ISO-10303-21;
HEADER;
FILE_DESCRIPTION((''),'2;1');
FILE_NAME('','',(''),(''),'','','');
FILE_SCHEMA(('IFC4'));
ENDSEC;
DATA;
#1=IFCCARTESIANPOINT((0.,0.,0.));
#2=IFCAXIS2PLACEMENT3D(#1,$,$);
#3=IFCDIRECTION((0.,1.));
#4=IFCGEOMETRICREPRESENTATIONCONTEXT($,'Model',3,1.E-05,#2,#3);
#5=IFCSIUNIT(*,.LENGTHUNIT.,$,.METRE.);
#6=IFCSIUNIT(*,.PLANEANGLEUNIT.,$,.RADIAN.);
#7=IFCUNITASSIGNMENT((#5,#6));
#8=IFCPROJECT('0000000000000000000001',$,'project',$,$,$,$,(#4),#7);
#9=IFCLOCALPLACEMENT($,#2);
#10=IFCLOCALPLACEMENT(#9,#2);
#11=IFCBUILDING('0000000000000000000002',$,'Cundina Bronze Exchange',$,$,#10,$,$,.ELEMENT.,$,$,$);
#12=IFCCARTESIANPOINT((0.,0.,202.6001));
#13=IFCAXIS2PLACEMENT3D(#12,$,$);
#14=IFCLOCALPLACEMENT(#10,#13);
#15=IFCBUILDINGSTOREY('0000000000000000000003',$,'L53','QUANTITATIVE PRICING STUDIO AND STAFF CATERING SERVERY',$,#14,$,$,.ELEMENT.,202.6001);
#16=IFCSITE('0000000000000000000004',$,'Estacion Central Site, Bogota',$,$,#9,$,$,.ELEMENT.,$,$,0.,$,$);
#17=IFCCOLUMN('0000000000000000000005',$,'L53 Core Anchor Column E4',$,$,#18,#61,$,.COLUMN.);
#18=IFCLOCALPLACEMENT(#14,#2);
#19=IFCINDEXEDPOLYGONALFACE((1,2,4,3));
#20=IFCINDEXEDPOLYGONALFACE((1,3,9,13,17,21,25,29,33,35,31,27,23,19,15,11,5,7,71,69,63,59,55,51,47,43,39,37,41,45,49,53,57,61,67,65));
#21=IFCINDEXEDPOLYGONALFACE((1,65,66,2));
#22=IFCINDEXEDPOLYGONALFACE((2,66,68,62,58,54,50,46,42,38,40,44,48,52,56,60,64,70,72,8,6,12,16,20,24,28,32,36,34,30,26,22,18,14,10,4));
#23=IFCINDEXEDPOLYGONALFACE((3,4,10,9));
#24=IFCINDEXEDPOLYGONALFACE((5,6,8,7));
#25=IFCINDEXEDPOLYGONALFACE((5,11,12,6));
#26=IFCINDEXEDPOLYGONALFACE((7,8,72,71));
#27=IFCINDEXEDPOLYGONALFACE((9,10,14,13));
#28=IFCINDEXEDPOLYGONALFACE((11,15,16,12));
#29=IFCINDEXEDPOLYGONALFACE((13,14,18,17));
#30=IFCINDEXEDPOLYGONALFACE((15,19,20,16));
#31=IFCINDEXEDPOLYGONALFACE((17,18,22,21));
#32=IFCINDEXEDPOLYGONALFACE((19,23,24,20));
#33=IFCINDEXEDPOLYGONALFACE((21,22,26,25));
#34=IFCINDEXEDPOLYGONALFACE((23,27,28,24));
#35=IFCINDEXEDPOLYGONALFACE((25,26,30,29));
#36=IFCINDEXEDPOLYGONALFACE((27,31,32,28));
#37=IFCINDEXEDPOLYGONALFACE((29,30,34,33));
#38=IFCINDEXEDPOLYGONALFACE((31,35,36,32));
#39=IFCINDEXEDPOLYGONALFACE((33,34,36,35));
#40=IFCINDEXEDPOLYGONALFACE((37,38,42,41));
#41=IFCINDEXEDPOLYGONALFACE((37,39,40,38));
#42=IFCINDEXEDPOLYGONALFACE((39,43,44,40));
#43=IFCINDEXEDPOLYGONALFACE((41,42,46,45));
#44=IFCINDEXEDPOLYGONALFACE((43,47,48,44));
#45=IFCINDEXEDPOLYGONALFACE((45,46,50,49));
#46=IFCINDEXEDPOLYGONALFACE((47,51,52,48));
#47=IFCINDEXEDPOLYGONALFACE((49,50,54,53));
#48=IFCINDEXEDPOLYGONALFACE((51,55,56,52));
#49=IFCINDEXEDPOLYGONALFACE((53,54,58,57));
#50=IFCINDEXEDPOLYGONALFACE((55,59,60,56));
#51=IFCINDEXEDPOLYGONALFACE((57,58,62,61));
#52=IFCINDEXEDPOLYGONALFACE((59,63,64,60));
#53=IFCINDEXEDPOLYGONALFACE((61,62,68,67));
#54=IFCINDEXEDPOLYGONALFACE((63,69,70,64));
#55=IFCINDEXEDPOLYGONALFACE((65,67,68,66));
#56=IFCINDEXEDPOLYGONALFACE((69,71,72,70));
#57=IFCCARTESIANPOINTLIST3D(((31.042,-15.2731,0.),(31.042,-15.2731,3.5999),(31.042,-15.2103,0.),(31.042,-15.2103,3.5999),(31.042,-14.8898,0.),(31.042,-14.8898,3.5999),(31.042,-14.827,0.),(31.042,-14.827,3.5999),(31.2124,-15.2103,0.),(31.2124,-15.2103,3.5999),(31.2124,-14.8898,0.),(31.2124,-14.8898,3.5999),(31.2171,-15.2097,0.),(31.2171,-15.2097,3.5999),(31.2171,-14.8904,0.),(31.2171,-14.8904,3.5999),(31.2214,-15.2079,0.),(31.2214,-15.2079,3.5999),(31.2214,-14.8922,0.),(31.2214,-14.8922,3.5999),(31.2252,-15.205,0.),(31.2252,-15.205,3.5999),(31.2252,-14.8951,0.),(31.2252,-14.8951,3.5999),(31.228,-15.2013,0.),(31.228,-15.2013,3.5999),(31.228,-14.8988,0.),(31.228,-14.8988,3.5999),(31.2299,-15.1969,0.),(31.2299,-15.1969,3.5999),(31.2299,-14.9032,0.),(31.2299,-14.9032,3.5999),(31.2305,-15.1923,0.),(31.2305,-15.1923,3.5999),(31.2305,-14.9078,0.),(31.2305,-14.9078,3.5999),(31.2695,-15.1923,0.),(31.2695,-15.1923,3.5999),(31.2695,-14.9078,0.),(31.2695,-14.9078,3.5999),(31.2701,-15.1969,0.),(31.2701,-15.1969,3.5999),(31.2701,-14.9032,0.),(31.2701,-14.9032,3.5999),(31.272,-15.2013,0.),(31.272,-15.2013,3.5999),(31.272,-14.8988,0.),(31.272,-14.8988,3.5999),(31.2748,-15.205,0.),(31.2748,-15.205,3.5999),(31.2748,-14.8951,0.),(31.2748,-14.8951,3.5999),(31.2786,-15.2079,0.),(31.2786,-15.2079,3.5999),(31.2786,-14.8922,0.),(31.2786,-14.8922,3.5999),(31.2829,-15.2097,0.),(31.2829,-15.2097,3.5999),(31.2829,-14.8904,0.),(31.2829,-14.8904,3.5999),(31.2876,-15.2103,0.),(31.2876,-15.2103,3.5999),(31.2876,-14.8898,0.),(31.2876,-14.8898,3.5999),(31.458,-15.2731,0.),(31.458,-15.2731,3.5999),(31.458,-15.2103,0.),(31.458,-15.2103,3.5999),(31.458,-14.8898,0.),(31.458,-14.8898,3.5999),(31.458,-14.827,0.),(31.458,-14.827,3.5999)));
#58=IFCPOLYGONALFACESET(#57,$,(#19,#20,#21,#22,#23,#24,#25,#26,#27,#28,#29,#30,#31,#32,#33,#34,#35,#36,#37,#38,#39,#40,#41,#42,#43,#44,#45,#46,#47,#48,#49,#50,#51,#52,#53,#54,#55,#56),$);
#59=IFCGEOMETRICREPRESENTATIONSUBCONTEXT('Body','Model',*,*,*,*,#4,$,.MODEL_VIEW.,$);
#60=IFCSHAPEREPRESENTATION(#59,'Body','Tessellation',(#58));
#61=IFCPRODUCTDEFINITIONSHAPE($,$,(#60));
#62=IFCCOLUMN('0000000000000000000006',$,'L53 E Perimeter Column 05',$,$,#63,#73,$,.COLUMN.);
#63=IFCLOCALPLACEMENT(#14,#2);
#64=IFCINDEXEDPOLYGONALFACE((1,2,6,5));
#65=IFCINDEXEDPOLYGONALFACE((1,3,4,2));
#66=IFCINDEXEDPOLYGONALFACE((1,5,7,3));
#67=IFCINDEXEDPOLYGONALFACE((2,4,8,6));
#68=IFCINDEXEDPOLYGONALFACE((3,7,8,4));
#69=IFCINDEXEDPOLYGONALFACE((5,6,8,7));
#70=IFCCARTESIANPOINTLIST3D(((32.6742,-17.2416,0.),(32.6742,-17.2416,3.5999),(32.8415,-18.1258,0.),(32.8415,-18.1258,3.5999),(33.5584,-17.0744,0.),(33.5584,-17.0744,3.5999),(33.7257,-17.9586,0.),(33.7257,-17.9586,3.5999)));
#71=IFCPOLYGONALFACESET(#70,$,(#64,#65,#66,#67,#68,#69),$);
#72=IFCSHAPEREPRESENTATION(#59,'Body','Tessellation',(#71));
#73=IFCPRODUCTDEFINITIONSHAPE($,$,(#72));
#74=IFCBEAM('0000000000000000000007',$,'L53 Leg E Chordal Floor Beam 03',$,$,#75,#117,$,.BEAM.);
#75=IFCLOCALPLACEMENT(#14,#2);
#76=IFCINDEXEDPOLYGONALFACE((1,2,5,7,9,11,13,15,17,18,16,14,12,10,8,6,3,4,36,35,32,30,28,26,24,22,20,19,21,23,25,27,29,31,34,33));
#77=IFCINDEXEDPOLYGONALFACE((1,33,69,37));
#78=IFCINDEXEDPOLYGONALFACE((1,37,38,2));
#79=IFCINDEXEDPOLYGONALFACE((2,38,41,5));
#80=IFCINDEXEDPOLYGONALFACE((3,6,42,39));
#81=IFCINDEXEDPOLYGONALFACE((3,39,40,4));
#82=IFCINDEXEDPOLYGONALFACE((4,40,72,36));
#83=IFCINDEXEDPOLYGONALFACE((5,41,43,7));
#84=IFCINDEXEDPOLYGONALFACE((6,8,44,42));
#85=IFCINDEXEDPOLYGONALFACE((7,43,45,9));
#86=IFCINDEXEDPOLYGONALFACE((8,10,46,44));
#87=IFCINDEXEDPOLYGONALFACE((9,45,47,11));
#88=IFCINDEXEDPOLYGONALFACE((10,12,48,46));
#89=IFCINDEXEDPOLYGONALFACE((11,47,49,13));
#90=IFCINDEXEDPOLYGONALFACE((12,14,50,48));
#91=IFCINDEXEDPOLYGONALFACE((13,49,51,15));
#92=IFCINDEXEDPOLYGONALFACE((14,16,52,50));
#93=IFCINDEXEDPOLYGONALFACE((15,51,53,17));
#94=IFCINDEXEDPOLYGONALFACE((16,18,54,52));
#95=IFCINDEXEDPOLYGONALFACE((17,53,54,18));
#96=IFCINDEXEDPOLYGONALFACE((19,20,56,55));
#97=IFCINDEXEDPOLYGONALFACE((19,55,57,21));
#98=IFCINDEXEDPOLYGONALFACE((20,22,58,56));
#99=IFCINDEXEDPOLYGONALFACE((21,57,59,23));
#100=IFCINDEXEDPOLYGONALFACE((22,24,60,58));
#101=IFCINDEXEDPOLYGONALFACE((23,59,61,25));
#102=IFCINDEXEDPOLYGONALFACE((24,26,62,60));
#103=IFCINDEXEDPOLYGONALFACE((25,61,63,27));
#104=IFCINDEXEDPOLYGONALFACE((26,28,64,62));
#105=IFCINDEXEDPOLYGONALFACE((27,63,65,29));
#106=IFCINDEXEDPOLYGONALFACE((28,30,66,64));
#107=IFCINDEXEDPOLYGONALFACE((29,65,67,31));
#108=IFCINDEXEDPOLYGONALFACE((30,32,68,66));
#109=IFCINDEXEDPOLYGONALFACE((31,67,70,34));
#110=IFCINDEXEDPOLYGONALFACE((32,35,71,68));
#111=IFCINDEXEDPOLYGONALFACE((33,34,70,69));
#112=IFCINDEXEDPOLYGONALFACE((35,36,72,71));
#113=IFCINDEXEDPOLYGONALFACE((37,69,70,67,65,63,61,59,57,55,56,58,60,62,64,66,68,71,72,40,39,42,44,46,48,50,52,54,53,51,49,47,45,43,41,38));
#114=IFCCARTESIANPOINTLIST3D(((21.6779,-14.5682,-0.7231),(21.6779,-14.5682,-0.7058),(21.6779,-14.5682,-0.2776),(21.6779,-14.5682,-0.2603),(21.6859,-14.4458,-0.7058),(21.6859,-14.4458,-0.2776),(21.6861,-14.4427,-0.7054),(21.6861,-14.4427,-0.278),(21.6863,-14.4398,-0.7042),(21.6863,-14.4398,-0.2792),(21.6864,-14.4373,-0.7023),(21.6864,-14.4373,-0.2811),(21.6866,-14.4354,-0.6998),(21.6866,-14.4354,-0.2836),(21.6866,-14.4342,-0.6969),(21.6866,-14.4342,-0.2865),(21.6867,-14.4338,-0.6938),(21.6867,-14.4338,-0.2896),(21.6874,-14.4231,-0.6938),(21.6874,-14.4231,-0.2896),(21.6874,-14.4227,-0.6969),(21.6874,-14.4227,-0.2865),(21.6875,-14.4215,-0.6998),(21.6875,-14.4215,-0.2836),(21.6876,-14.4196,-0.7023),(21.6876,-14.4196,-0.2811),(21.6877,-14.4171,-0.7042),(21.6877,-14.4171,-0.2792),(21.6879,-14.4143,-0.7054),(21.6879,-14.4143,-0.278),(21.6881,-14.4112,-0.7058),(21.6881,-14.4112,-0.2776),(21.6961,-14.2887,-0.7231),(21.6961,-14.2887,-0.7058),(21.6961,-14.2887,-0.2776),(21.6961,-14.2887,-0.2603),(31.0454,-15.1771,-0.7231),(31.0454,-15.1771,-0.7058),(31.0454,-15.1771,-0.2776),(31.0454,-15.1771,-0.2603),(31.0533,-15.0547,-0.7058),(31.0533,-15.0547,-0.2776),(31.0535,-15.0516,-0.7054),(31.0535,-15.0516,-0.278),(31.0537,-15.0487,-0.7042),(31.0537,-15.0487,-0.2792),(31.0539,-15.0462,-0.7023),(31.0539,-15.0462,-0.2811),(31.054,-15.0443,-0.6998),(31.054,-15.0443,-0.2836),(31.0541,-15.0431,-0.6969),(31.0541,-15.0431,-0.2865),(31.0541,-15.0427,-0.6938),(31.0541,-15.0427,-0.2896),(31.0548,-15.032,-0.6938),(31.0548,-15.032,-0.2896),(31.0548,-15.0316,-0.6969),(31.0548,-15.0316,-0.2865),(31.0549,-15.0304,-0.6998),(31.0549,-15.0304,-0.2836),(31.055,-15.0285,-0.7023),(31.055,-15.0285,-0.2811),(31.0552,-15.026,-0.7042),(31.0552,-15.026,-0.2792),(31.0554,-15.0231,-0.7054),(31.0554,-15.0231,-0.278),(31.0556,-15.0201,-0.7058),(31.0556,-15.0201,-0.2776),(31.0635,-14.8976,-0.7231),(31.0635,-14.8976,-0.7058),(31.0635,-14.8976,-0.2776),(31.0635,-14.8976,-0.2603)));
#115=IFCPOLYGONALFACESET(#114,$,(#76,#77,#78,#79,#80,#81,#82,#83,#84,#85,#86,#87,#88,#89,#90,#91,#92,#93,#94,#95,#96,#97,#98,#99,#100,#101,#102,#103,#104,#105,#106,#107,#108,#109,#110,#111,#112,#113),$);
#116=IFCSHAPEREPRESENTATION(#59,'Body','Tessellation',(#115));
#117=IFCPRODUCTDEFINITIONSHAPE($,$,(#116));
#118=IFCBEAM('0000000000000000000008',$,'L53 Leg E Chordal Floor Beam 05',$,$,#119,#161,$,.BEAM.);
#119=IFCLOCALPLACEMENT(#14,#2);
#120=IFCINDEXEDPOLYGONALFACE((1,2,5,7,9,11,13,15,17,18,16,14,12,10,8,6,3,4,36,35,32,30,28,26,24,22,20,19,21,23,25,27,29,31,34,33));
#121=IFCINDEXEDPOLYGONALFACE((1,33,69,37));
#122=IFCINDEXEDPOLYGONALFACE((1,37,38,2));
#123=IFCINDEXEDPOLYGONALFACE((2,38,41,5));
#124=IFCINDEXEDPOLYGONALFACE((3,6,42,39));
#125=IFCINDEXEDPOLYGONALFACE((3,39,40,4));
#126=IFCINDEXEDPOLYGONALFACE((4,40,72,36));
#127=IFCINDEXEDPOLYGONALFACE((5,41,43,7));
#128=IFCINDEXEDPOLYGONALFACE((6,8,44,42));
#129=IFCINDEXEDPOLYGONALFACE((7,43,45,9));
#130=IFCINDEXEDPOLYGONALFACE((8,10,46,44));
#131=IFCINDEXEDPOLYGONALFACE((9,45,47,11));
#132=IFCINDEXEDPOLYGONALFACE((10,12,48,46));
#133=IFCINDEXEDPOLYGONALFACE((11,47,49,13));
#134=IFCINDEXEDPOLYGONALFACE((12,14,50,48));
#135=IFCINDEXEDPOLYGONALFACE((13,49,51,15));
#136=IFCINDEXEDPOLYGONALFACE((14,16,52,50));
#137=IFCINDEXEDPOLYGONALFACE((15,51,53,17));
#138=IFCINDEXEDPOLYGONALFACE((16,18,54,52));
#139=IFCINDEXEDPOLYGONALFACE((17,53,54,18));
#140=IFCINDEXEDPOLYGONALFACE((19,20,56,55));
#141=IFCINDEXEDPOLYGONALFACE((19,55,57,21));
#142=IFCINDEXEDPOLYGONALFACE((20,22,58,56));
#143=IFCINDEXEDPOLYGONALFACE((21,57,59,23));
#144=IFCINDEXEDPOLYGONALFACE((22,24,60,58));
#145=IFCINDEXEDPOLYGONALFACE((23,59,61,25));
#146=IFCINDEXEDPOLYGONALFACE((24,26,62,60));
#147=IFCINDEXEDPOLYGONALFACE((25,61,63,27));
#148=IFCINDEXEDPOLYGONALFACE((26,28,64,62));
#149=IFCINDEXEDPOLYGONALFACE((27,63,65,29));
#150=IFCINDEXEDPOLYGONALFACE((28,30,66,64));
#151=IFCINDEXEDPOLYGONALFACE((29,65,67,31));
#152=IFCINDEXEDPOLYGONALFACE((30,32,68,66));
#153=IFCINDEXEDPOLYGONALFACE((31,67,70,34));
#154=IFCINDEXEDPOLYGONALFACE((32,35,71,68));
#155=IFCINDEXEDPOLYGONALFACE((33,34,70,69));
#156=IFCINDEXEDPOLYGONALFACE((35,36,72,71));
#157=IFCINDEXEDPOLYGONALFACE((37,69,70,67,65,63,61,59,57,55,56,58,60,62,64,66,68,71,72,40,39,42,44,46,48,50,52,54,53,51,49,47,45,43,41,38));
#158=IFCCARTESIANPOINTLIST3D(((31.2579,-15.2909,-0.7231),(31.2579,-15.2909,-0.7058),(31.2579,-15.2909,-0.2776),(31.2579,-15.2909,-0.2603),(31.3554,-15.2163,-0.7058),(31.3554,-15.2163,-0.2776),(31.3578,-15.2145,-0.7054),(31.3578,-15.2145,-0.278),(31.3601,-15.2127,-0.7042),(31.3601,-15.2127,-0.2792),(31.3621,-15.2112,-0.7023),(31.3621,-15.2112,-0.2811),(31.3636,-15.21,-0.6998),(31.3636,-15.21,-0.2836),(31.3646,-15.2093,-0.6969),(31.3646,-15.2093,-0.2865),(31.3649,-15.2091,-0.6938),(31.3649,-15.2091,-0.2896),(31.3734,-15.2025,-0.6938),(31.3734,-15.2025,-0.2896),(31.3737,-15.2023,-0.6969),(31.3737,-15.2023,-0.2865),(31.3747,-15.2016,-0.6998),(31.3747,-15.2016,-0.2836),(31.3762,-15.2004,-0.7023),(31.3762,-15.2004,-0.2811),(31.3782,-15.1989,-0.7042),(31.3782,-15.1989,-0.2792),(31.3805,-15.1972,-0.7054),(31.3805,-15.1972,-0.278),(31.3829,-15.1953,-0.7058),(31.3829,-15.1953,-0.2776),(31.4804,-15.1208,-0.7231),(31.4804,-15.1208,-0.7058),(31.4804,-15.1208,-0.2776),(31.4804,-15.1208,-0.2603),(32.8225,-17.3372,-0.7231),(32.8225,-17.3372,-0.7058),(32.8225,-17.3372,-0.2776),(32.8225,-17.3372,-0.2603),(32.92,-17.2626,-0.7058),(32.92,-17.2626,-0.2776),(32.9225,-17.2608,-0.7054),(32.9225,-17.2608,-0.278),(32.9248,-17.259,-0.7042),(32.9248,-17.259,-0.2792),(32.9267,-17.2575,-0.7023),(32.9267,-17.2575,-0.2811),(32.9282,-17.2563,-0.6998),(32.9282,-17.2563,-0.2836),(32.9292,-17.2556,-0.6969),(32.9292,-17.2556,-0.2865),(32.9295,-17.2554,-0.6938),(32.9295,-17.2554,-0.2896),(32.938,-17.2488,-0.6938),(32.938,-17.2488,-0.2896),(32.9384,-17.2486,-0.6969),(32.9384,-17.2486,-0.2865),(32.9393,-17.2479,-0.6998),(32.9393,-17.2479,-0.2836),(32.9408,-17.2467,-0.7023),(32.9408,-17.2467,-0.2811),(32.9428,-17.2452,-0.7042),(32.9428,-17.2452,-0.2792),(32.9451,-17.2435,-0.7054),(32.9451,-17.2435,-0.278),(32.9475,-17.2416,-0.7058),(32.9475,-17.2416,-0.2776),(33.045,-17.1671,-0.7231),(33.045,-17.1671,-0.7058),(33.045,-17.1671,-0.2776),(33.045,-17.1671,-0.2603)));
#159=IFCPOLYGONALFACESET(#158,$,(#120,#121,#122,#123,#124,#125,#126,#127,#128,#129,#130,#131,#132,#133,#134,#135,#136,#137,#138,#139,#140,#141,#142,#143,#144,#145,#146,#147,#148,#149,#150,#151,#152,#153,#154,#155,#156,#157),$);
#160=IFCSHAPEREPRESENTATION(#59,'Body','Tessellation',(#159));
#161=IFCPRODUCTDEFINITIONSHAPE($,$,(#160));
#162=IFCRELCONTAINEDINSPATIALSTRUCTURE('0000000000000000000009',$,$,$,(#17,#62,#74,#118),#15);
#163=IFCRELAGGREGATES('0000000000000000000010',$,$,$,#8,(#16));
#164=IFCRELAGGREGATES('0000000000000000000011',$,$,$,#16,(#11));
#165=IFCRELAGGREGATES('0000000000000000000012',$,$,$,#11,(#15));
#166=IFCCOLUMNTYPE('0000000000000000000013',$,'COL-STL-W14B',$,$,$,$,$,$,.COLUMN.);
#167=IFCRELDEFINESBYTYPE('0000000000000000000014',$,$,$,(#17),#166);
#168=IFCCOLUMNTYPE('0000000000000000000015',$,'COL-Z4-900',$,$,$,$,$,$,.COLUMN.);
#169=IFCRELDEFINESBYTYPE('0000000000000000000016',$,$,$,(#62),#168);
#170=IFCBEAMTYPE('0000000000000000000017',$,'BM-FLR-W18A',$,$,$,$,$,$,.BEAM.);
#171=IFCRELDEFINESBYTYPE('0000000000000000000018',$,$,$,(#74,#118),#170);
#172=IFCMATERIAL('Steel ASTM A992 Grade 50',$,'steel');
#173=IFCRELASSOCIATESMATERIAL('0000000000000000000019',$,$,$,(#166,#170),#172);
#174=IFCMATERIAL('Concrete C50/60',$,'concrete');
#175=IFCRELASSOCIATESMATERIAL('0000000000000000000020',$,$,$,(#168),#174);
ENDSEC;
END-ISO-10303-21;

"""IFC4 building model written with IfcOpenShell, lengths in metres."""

from ifc_helpers import new_model, si_unit, direction, frame, origin, origin_2d, place, context, subcontext, project, spatial, rectangle, i_section, extrude, material, material_profile, profile_set, type_object, element, save


model = new_model("IFC4")

# Units and contexts
model_context = context("Model", 3, precision=1e-05, world=origin(), true_north=direction((0.0, 1.0)))
body_context = subcontext(model_context, "Body", "Model", "MODEL_VIEW")
ifc_project = project(units=[si_unit("LENGTHUNIT", "METRE"), si_unit("PLANEANGLEUNIT", "RADIAN")], contexts=[model_context])

# Site, building, storey
site_placement = place(None, origin())
site = spatial("IfcSite", under=ifc_project, at=site_placement, Name="Estacion Central Site, Bogota", CompositionType="ELEMENT", RefElevation=0.0)
building_placement = place(site_placement, origin())
building = spatial("IfcBuilding", under=site, at=building_placement, Name="Cundina Bronze Exchange", CompositionType="ELEMENT")
storey_placement = place(building_placement, frame((0.0, 0.0, 202.6001)))
storey = spatial("IfcBuildingStorey", under=building, at=storey_placement, Name="L53", Description="QUANTITATIVE PRICING STUDIO AND STAFF CATERING SERVERY", CompositionType="ELEMENT", Elevation=202.6001)

# Columns
ifc_material_1 = material(Name="Steel ASTM A992 Grade 50", Category="steel")
ifc_material_profile_1 = material_profile(ifc_material_1, i_section(OverallWidth=0.416, OverallDepth=0.446, WebThickness=0.0391, FlangeThickness=0.0627, FilletRadius=0.0181, at=origin_2d()), Name="W14X342", Category="steel")
ifc_profile_set_1 = profile_set([ifc_material_profile_1], Name="Steel ASTM A992 Grade 50")
column_type_1 = type_object("IfcColumnType", Name="COL-STL-W14B", PredefinedType="COLUMN", material=ifc_profile_set_1)
column_1_placement = place(storey_placement, frame((31.25, -15.05, 0.0), z_axis=(0.0, 0.0, 1.0), x_axis=(1.0, 0.0, 0.0)))
element("IfcColumn", 1, at=column_1_placement, inside=storey, type_object=column_type_1, Name="L53 Core Anchor Column E4", PredefinedType="COLUMN", context=body_context, shape_type="SweptSolid", body=[
    extrude(i_section(OverallWidth=0.416, OverallDepth=0.446, WebThickness=0.0391, FlangeThickness=0.0627, FilletRadius=0.0181, at=origin_2d()), origin(), (0.0, 0.0, 1.0), 3.5999),
])
ifc_material_2 = material(Name="Concrete C50/60", Category="concrete")
ifc_material_profile_2 = material_profile(ifc_material_2, rectangle(XDim=0.8999, YDim=0.8999, at=origin_2d()), Name="RC900X900", Category="concrete")
ifc_profile_set_2 = profile_set([ifc_material_profile_2], Name="Concrete C50/60")
column_type_2 = type_object("IfcColumnType", Name="COL-Z4-900", PredefinedType="COLUMN", material=ifc_profile_set_2)
column_2_placement = place(storey_placement, frame((33.2, -17.6001, 0.0), z_axis=(0.0, 0.0, 1.0), x_axis=(0.98258, 0.185838, 0.0)))
element("IfcColumn", 2, at=column_2_placement, inside=storey, type_object=column_type_2, Name="L53 E Perimeter Column 05", PredefinedType="COLUMN", context=body_context, shape_type="SweptSolid", body=[
    extrude(rectangle(XDim=0.8999, YDim=0.8999, at=origin_2d()), origin(), (0.0, 0.0, 1.0), 3.5999),
])

# Beams
ifc_material_profile_3 = material_profile(ifc_material_1, i_section(OverallWidth=0.28, OverallDepth=0.4629, WebThickness=0.0107, FlangeThickness=0.0173, FilletRadius=0.012, at=origin_2d()), Name="W18X76", Category="steel")
ifc_profile_set_3 = profile_set([ifc_material_profile_3], Name="Steel ASTM A992 Grade 50")
beam_type_1 = type_object("IfcBeamType", Name="BM-FLR-W18A", PredefinedType="BEAM", material=ifc_profile_set_3)
beam_1_placement = place(storey_placement, frame((31.0544, -15.0374, -0.4917), z_axis=(-0.997894, 0.064864, 0.0), x_axis=(-0.064864, -0.997894, 0.0)))
element("IfcBeam", 3, at=beam_1_placement, inside=storey, type_object=beam_type_1, Name="L53 Leg E Chordal Floor Beam 03", PredefinedType="BEAM", context=body_context, shape_type="SweptSolid", body=[
    extrude(i_section(OverallWidth=0.28, OverallDepth=0.4629, WebThickness=0.0107, FlangeThickness=0.0173, FilletRadius=0.012, at=origin_2d()), origin(), (0.0, 0.0, 1.0), 9.3872),
])
beam_2_placement = place(storey_placement, frame((31.3691, -15.2058, -0.4917), z_axis=(0.607404, -0.794393, 0.0), x_axis=(0.794393, 0.607404, 0.0)))
element("IfcBeam", 4, at=beam_2_placement, inside=storey, type_object=beam_type_1, Name="L53 Leg E Chordal Floor Beam 05", PredefinedType="BEAM", context=body_context, shape_type="SweptSolid", body=[
    extrude(i_section(OverallWidth=0.28, OverallDepth=0.4629, WebThickness=0.0107, FlangeThickness=0.0173, FilletRadius=0.012, at=origin_2d()), origin(), (0.0, 0.0, 1.0), 2.5759),
])

save(model, "model.ifc")
